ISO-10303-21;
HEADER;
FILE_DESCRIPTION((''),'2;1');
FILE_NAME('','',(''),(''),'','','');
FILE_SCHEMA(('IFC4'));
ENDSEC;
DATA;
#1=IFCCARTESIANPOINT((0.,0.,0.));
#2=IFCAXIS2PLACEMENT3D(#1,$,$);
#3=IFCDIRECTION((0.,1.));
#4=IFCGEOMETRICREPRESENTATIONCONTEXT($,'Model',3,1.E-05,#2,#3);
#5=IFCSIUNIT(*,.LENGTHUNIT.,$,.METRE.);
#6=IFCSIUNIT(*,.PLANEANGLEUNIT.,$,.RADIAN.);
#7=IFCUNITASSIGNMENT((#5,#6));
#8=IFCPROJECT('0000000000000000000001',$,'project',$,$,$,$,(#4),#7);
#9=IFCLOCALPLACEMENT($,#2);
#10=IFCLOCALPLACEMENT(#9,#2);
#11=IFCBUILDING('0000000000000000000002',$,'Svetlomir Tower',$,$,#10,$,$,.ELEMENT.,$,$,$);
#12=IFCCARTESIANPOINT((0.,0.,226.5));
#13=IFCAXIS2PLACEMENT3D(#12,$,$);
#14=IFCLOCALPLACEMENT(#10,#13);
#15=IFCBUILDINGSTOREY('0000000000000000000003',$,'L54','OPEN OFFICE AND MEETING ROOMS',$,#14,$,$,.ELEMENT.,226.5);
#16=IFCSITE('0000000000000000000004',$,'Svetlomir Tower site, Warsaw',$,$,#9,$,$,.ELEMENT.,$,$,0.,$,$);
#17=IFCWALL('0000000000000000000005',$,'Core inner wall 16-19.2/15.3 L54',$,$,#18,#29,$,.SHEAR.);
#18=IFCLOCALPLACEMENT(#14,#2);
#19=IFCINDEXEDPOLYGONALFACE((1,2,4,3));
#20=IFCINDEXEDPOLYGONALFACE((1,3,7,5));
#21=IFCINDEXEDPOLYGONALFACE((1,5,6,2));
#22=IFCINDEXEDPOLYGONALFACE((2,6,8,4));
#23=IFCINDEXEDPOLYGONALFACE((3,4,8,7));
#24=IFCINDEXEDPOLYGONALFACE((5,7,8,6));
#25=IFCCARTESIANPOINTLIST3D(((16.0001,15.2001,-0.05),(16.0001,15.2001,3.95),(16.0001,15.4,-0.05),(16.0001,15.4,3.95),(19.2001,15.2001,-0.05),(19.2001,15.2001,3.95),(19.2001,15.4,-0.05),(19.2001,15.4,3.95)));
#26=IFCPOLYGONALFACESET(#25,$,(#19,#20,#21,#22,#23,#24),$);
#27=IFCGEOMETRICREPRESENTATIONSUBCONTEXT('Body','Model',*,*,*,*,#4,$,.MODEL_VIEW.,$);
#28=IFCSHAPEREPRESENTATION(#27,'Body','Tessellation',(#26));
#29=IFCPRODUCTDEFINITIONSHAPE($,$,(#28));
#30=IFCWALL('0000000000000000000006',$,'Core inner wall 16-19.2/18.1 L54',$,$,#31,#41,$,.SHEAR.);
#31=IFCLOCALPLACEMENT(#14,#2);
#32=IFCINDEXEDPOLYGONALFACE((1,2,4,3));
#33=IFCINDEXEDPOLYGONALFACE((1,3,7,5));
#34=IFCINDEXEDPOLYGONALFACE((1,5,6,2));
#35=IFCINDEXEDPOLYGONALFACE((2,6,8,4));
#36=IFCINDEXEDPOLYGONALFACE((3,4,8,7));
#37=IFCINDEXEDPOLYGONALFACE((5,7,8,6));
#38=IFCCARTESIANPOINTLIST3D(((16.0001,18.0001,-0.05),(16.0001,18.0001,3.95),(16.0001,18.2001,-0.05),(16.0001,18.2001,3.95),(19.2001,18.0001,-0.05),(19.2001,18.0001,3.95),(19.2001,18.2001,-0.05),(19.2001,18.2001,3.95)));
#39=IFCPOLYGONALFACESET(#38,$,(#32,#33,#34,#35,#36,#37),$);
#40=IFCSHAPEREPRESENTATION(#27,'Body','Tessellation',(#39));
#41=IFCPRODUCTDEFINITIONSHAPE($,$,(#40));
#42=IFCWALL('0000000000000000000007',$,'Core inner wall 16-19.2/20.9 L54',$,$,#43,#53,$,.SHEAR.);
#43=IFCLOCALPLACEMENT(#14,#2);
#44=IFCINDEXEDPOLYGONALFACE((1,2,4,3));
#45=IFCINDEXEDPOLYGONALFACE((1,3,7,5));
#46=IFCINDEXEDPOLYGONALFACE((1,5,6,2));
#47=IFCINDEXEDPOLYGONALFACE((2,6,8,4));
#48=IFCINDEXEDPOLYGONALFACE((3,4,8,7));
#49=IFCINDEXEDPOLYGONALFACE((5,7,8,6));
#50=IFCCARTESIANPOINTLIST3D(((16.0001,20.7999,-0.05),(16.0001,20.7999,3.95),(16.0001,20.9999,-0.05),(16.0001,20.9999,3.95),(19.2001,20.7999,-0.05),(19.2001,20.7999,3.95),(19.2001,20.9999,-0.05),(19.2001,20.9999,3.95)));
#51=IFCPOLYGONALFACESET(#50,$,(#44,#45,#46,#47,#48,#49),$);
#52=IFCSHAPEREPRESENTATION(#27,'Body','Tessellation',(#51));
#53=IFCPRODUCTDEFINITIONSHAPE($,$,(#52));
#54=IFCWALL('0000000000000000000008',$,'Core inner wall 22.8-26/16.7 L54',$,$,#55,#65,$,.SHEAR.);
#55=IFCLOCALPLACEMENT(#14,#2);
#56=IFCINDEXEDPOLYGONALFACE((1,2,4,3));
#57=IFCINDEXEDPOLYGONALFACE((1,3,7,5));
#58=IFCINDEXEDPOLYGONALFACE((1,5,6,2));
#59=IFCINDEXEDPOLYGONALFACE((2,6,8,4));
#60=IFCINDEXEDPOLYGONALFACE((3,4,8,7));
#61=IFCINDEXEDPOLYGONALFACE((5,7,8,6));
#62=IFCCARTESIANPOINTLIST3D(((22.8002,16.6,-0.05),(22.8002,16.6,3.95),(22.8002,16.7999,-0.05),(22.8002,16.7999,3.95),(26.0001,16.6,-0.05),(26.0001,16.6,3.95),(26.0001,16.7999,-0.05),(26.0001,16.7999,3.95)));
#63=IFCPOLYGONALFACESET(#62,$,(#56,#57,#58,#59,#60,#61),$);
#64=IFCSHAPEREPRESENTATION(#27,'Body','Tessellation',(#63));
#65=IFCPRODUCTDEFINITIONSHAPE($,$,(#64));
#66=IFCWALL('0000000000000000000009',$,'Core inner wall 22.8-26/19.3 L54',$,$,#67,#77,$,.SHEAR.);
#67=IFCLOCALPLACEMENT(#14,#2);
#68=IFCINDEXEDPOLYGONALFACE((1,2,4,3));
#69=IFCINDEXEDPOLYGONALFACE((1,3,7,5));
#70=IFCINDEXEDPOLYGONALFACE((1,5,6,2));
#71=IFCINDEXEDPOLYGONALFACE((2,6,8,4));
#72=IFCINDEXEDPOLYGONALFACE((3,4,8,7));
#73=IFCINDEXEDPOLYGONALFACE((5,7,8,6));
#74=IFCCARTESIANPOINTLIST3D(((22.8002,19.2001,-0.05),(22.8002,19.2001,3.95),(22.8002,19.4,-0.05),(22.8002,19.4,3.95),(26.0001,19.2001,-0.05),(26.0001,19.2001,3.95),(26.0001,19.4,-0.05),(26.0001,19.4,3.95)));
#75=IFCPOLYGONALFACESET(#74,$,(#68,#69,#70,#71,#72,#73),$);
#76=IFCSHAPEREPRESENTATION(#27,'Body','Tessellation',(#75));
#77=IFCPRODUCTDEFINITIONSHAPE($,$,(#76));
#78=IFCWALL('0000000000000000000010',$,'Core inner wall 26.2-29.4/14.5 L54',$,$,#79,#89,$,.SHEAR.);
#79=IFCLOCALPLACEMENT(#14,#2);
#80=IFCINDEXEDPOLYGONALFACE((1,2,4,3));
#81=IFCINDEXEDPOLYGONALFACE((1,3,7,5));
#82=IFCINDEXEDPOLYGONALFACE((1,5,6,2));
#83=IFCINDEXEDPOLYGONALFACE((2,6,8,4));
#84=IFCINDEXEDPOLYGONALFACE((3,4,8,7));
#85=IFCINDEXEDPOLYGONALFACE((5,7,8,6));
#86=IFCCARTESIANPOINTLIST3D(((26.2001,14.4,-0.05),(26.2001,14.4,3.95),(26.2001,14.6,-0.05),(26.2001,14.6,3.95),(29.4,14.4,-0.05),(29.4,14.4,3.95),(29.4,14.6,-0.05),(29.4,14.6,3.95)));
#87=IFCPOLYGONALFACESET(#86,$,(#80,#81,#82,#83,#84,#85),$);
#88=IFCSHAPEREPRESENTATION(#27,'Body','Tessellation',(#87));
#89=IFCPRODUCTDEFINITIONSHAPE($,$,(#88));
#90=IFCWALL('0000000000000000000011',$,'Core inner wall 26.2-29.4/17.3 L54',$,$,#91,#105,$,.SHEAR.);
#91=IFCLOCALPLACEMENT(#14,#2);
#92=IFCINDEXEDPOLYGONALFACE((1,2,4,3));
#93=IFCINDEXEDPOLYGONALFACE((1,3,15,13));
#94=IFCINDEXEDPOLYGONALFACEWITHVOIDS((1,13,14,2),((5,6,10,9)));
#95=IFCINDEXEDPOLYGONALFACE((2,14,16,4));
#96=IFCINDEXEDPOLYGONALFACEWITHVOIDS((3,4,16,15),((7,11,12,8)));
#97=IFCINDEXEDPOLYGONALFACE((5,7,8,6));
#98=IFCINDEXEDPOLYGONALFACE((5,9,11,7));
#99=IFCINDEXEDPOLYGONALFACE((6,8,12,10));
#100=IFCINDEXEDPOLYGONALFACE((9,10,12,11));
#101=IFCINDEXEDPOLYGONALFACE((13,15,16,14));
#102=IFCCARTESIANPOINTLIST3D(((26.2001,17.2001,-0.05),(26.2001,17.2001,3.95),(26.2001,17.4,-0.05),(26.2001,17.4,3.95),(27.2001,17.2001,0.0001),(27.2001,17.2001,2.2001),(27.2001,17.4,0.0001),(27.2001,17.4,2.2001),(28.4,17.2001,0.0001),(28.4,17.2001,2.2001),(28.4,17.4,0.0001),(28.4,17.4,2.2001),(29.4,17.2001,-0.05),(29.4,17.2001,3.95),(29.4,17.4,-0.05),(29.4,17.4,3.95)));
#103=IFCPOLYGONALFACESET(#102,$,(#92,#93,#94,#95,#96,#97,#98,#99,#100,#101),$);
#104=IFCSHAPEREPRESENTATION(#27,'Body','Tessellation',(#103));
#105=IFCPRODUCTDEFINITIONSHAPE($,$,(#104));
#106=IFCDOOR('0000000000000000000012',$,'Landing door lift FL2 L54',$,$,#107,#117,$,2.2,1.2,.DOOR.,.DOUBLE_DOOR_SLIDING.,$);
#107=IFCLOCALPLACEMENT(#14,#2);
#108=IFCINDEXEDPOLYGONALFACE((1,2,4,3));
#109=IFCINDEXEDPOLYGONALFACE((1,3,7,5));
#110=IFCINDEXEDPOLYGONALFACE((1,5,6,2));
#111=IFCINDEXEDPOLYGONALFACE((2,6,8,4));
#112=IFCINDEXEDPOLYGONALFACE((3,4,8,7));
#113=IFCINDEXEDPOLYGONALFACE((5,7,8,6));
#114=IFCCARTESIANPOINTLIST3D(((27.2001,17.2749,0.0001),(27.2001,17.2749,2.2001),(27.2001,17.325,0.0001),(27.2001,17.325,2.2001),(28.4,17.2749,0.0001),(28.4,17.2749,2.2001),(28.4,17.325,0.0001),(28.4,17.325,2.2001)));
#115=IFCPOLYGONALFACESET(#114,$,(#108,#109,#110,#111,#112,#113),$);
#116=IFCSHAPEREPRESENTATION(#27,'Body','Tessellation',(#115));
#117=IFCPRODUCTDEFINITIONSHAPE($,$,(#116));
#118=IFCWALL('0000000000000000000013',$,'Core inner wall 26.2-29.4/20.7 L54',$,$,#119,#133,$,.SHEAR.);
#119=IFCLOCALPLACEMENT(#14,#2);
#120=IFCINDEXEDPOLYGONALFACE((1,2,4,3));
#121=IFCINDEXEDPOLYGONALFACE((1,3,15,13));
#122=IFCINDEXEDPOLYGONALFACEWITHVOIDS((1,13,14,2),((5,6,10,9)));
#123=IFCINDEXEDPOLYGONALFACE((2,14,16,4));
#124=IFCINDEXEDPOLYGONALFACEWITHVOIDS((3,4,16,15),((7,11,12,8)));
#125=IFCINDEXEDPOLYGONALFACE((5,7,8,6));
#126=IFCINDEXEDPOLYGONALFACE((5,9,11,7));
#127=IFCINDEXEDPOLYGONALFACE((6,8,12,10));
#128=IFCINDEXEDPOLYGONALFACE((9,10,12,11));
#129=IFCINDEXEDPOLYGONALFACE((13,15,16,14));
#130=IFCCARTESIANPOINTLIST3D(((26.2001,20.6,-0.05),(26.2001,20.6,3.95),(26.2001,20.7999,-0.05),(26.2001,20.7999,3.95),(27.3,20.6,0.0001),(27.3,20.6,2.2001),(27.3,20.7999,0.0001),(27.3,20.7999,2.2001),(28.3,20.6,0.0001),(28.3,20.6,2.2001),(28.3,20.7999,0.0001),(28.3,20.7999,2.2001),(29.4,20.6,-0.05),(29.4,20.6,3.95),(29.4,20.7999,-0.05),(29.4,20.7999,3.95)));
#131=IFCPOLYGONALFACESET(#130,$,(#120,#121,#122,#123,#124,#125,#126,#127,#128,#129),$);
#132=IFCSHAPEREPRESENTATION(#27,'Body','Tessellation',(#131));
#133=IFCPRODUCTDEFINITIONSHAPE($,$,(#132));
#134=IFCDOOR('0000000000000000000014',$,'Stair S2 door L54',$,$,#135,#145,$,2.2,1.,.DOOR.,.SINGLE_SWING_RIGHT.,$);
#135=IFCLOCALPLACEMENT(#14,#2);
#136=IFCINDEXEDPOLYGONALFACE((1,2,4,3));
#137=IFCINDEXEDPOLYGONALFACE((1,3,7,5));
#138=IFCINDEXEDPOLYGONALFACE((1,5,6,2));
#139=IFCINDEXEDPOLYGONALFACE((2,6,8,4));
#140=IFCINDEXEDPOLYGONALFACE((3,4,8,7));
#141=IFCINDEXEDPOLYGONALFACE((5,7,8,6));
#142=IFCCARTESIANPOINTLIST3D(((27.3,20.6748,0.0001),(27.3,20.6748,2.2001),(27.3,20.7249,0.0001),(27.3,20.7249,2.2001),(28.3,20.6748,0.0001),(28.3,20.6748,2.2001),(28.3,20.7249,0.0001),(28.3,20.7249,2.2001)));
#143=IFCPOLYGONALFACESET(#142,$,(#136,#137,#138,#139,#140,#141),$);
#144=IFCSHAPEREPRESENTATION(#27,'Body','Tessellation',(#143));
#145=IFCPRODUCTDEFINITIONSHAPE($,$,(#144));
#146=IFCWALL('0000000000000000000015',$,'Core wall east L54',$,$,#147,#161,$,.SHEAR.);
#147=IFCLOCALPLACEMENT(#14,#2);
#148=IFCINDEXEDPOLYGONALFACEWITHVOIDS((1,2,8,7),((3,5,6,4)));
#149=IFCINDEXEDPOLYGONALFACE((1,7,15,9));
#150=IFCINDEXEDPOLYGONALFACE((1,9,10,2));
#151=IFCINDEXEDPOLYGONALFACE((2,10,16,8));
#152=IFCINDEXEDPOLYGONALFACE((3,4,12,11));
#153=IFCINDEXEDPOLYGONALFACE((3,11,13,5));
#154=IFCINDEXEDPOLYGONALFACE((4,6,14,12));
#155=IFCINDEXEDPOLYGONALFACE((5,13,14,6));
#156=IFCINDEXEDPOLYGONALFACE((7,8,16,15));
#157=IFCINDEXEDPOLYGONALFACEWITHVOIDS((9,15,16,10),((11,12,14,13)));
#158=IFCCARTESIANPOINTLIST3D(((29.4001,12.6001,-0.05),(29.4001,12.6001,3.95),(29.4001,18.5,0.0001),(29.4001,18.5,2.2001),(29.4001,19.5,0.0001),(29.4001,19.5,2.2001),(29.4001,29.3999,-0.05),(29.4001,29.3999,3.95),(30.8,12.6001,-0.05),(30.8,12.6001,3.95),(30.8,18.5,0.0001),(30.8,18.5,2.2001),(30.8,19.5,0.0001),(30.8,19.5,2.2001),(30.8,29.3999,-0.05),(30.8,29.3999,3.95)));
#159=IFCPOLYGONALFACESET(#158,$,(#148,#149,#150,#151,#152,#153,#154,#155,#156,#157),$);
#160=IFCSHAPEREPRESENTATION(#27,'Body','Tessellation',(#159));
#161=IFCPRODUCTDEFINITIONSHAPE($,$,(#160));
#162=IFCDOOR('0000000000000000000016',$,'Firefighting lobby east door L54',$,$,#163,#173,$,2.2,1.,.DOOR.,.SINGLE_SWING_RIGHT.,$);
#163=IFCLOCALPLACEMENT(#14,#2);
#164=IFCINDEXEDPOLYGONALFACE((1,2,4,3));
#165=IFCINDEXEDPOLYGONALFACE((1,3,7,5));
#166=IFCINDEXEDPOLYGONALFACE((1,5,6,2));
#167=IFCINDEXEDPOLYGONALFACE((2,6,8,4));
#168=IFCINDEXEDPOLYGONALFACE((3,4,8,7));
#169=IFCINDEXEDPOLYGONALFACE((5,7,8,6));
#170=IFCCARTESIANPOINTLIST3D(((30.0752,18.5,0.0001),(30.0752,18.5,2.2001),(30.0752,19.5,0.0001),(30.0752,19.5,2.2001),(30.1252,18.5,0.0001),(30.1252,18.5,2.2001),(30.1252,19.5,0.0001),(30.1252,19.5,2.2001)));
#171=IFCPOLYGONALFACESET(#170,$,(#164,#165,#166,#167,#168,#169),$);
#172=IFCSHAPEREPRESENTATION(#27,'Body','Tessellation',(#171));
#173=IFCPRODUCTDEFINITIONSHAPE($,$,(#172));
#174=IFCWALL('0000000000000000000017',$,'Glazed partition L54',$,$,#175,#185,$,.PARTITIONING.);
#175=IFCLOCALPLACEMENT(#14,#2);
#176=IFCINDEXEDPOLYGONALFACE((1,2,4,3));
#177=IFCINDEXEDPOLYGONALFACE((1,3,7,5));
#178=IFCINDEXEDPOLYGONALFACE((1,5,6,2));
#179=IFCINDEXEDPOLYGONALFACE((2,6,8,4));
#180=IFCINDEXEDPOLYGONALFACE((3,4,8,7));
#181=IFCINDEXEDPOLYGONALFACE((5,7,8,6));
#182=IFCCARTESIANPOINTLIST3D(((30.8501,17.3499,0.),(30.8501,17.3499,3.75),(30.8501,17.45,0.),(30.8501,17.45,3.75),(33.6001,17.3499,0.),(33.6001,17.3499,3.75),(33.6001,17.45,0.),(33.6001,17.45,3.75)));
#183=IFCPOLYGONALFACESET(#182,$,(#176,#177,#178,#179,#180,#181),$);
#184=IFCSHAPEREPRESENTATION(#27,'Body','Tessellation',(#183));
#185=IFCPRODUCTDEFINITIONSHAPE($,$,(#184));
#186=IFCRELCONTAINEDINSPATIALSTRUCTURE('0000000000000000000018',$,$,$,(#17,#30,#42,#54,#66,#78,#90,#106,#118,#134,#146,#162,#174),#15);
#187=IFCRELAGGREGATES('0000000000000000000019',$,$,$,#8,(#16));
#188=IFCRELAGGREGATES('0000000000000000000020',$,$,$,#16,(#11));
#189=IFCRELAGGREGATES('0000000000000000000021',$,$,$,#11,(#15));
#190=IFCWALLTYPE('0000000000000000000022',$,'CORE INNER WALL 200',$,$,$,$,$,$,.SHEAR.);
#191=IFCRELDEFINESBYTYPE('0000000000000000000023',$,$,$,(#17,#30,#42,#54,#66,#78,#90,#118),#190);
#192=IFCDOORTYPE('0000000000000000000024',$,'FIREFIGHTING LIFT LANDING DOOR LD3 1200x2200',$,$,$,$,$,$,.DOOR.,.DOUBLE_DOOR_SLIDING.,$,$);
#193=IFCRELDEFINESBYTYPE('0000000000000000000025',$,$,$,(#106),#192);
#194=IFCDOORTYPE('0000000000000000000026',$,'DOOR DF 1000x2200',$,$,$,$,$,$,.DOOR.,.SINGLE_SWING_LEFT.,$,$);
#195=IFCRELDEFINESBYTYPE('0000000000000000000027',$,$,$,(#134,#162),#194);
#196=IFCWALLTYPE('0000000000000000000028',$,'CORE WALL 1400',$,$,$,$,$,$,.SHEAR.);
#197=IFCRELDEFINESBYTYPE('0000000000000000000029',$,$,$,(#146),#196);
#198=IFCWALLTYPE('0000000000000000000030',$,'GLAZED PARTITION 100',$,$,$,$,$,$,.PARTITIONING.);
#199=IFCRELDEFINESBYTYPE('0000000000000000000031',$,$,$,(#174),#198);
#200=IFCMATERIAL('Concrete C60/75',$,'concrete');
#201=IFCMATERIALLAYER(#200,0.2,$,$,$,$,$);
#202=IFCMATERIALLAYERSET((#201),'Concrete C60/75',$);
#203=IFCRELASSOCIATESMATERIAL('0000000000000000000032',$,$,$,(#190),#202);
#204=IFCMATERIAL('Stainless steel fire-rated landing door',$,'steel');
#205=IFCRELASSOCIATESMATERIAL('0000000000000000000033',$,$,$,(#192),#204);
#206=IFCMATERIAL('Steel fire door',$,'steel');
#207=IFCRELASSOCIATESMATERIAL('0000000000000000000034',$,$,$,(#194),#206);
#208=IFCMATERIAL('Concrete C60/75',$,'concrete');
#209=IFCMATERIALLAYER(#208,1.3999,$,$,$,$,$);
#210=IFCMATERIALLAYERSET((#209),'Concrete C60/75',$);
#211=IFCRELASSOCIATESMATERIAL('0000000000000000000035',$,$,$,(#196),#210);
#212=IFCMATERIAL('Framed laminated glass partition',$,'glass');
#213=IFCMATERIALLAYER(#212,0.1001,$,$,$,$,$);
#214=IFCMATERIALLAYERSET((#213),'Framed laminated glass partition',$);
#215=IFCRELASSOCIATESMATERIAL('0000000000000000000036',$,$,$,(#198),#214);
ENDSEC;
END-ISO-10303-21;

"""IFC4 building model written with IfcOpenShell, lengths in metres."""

from ifc_helpers import new_model, si_unit, direction, frame, frame_2d, origin, place, context, subcontext, project, spatial, rectangle, extrude, material, layer, layer_set, type_object, element, fill, save


model = new_model("IFC4")

# Units and contexts
model_context = context("Model", 3, precision=1e-05, world=origin(), true_north=direction((0.0, 1.0)))
body_context = subcontext(model_context, "Body", "Model", "MODEL_VIEW")
ifc_project = project(units=[si_unit("LENGTHUNIT", "METRE"), si_unit("PLANEANGLEUNIT", "RADIAN")], contexts=[model_context])

# Site, building, storey
site_placement = place(None, origin())
site = spatial("IfcSite", under=ifc_project, at=site_placement, Name="Svetlomir Tower site, Warsaw", CompositionType="ELEMENT", RefElevation=0.0)
building_placement = place(site_placement, origin())
building = spatial("IfcBuilding", under=site, at=building_placement, Name="Svetlomir Tower", CompositionType="ELEMENT")
storey_placement = place(building_placement, frame((0.0, 0.0, 226.5)))
storey = spatial("IfcBuildingStorey", under=building, at=storey_placement, Name="L54", Description="OPEN OFFICE AND MEETING ROOMS", CompositionType="ELEMENT", Elevation=226.5)

# Walls
ifc_material_1 = material(Name="Concrete C60/75", Category="concrete")
ifc_layer_1 = layer(ifc_material_1, 0.2)
ifc_layer_set_1 = layer_set([ifc_layer_1], Name="Concrete C60/75")
wall_type_1 = type_object("IfcWallType", Name="CORE INNER WALL 200", PredefinedType="SHEAR", material=ifc_layer_set_1)
for number, where, z_axis, x_axis, name in (
    (1, (16.0, 15.3, -0.05), (0.0, 0.0, 1.0), (1.0, 0.0, 0.0), "Core inner wall 16-19.2/15.3 L54"),
    (2, (16.0, 18.1001, -0.05), (0.0, 0.0, 1.0), (1.0, 0.0, 0.0), "Core inner wall 16-19.2/18.1 L54"),
    (3, (16.0, 20.8999, -0.05), (0.0, 0.0, 1.0), (1.0, 0.0, 0.0), "Core inner wall 16-19.2/20.9 L54"),
    (4, (22.8, 16.7, -0.05), (0.0, 0.0, 1.0), (1.0, 0.0, 0.0), "Core inner wall 22.8-26/16.7 L54"),
    (5, (22.8, 19.3, -0.05), (0.0, 0.0, 1.0), (1.0, 0.0, 0.0), "Core inner wall 22.8-26/19.3 L54"),
    (6, (26.2, 14.5, -0.05), (0.0, 0.0, 1.0), (1.0, 0.0, 0.0), "Core inner wall 26.2-29.4/14.5 L54"),
):
    element("IfcWall", number, at=place(storey_placement, frame(where, z_axis=z_axis, x_axis=x_axis)), inside=storey, type_object=wall_type_1, Name=name, PredefinedType="SHEAR", context=body_context, shape_type="SweptSolid", body=[
        extrude(rectangle(XDim=3.2, YDim=0.2, at=frame_2d((1.6001, 0.0))), origin(), (0.0, 0.0, 1.0), 4.0),
    ])

# Walls, openings, doors
wall_1_placement = place(storey_placement, frame((26.2, 17.3, -0.05), z_axis=(0.0, 0.0, 1.0), x_axis=(1.0, 0.0, 0.0)))
wall_1 = element("IfcWall", 7, at=wall_1_placement, inside=storey, type_object=wall_type_1, Name="Core inner wall 26.2-29.4/17.3 L54", PredefinedType="SHEAR", context=body_context, shape_type="SweptSolid", body=[
    extrude(rectangle(XDim=3.2, YDim=0.2, at=frame_2d((1.6001, 0.0))), origin(), (0.0, 0.0, 1.0), 4.0),
])
opening_1_placement = place(wall_1_placement, frame((1.0, 0.0, 0.05)))
opening_1 = element("IfcOpeningElement", 8, at=opening_1_placement, cuts=wall_1, PredefinedType="OPENING", context=body_context, shape_type="SweptSolid", body=[
    extrude(rectangle(XDim=1.2, YDim=2.2, at=frame_2d((0.6001, 1.1001))), frame((0.0, 0.1099, 0.0), z_axis=(0.0, -1.0, 0.0), x_axis=(1.0, 0.0, 0.0)), (0.0, 0.0, 1.0), 0.22),
])
ifc_material_2 = material(Name="Stainless steel fire-rated landing door", Category="steel")
door_type_1 = type_object("IfcDoorType", Name="FIREFIGHTING LIFT LANDING DOOR LD3 1200x2200", OperationType="DOUBLE_DOOR_SLIDING", PredefinedType="DOOR", material=ifc_material_2)
door_1_placement = place(opening_1_placement, origin())
door_1 = element("IfcDoor", 9, at=door_1_placement, inside=storey, type_object=door_type_1, Name="Landing door lift FL2 L54", OperationType="DOUBLE_DOOR_SLIDING", OverallHeight=2.2, OverallWidth=1.2, PredefinedType="DOOR", context=body_context, shape_type="SweptSolid", body=[
    extrude(rectangle(XDim=1.2, YDim=2.2, at=frame_2d((0.6001, 1.1001))), frame((0.0, 0.0249, 0.0), z_axis=(0.0, -1.0, 0.0), x_axis=(1.0, 0.0, 0.0)), (0.0, 0.0, 1.0), 0.05),
])
fill(opening_1, door_1)
wall_2_placement = place(storey_placement, frame((26.2, 20.7, -0.05), z_axis=(0.0, 0.0, 1.0), x_axis=(1.0, 0.0, 0.0)))
wall_2 = element("IfcWall", 10, at=wall_2_placement, inside=storey, type_object=wall_type_1, Name="Core inner wall 26.2-29.4/20.7 L54", PredefinedType="SHEAR", context=body_context, shape_type="SweptSolid", body=[
    extrude(rectangle(XDim=3.2, YDim=0.2, at=frame_2d((1.6001, 0.0))), origin(), (0.0, 0.0, 1.0), 4.0),
])
opening_2_placement = place(wall_2_placement, frame((1.1001, 0.0, 0.05)))
opening_2 = element("IfcOpeningElement", 11, at=opening_2_placement, cuts=wall_2, PredefinedType="OPENING", context=body_context, shape_type="SweptSolid", body=[
    extrude(rectangle(XDim=1.0, YDim=2.2, at=frame_2d((0.5, 1.1001))), frame((0.0, 0.1099, 0.0), z_axis=(0.0, -1.0, 0.0), x_axis=(1.0, 0.0, 0.0)), (0.0, 0.0, 1.0), 0.22),
])
ifc_material_3 = material(Name="Steel fire door", Category="steel")
door_type_2 = type_object("IfcDoorType", Name="DOOR DF 1000x2200", OperationType="SINGLE_SWING_LEFT", PredefinedType="DOOR", material=ifc_material_3)
door_2_placement = place(opening_2_placement, origin())
door_2 = element("IfcDoor", 12, at=door_2_placement, inside=storey, type_object=door_type_2, Name="Stair S2 door L54", OperationType="SINGLE_SWING_RIGHT", OverallHeight=2.2, OverallWidth=1.0, PredefinedType="DOOR", context=body_context, shape_type="SweptSolid", body=[
    extrude(rectangle(XDim=1.0, YDim=2.2, at=frame_2d((0.5, 1.1001))), frame((0.0, 0.0249, 0.0), z_axis=(0.0, -1.0, 0.0), x_axis=(1.0, 0.0, 0.0)), (0.0, 0.0, 1.0), 0.05),
])
fill(opening_2, door_2)
ifc_material_4 = material(Name="Concrete C60/75", Category="concrete")
ifc_layer_2 = layer(ifc_material_4, 1.3999)
ifc_layer_set_2 = layer_set([ifc_layer_2], Name="Concrete C60/75")
wall_type_2 = type_object("IfcWallType", Name="CORE WALL 1400", PredefinedType="SHEAR", material=ifc_layer_set_2)
wall_3_placement = place(storey_placement, frame((30.1001, 12.6001, -0.05), z_axis=(0.0, 0.0, 1.0), x_axis=(0.0, 1.0, 0.0)))
wall_3 = element("IfcWall", 13, at=wall_3_placement, inside=storey, type_object=wall_type_2, Name="Core wall east L54", PredefinedType="SHEAR", context=body_context, shape_type="SweptSolid", body=[
    extrude(rectangle(XDim=16.7998, YDim=1.3999, at=frame_2d((8.3999, 0.0))), origin(), (0.0, 0.0, 1.0), 4.0),
])
opening_3_placement = place(wall_3_placement, frame((5.8999, 0.0, 0.05)))
opening_3 = element("IfcOpeningElement", 14, at=opening_3_placement, cuts=wall_3, PredefinedType="OPENING", context=body_context, shape_type="SweptSolid", body=[
    extrude(rectangle(XDim=1.0, YDim=2.2, at=frame_2d((0.5, 1.1001))), frame((0.0, 0.71, 0.0), z_axis=(0.0, -1.0, 0.0), x_axis=(1.0, 0.0, 0.0)), (0.0, 0.0, 1.0), 1.4199),
])
door_3_placement = place(opening_3_placement, origin())
door_3 = element("IfcDoor", 15, at=door_3_placement, inside=storey, type_object=door_type_2, Name="Firefighting lobby east door L54", OperationType="SINGLE_SWING_RIGHT", OverallHeight=2.2, OverallWidth=1.0, PredefinedType="DOOR", context=body_context, shape_type="SweptSolid", body=[
    extrude(rectangle(XDim=1.0, YDim=2.2, at=frame_2d((0.5, 1.1001))), frame((0.0, 0.0249, 0.0), z_axis=(0.0, -1.0, 0.0), x_axis=(1.0, 0.0, 0.0)), (0.0, 0.0, 1.0), 0.05),
])
fill(opening_3, door_3)

# Wall
ifc_material_5 = material(Name="Framed laminated glass partition", Category="glass")
ifc_layer_3 = layer(ifc_material_5, 0.1001)
ifc_layer_set_3 = layer_set([ifc_layer_3], Name="Framed laminated glass partition")
wall_type_3 = type_object("IfcWallType", Name="GLAZED PARTITION 100", PredefinedType="PARTITIONING", material=ifc_layer_set_3)
wall_4_placement = place(storey_placement, frame((30.8501, 17.3999, 0.0), z_axis=(0.0, 0.0, 1.0), x_axis=(1.0, 0.0, 0.0)))
element("IfcWall", 16, at=wall_4_placement, inside=storey, type_object=wall_type_3, Name="Glazed partition L54", PredefinedType="PARTITIONING", context=body_context, shape_type="SweptSolid", body=[
    extrude(rectangle(XDim=2.75, YDim=0.1001, at=frame_2d((1.375, 0.0))), origin(), (0.0, 0.0, 1.0), 3.75),
])

save(model, "model.ifc")
